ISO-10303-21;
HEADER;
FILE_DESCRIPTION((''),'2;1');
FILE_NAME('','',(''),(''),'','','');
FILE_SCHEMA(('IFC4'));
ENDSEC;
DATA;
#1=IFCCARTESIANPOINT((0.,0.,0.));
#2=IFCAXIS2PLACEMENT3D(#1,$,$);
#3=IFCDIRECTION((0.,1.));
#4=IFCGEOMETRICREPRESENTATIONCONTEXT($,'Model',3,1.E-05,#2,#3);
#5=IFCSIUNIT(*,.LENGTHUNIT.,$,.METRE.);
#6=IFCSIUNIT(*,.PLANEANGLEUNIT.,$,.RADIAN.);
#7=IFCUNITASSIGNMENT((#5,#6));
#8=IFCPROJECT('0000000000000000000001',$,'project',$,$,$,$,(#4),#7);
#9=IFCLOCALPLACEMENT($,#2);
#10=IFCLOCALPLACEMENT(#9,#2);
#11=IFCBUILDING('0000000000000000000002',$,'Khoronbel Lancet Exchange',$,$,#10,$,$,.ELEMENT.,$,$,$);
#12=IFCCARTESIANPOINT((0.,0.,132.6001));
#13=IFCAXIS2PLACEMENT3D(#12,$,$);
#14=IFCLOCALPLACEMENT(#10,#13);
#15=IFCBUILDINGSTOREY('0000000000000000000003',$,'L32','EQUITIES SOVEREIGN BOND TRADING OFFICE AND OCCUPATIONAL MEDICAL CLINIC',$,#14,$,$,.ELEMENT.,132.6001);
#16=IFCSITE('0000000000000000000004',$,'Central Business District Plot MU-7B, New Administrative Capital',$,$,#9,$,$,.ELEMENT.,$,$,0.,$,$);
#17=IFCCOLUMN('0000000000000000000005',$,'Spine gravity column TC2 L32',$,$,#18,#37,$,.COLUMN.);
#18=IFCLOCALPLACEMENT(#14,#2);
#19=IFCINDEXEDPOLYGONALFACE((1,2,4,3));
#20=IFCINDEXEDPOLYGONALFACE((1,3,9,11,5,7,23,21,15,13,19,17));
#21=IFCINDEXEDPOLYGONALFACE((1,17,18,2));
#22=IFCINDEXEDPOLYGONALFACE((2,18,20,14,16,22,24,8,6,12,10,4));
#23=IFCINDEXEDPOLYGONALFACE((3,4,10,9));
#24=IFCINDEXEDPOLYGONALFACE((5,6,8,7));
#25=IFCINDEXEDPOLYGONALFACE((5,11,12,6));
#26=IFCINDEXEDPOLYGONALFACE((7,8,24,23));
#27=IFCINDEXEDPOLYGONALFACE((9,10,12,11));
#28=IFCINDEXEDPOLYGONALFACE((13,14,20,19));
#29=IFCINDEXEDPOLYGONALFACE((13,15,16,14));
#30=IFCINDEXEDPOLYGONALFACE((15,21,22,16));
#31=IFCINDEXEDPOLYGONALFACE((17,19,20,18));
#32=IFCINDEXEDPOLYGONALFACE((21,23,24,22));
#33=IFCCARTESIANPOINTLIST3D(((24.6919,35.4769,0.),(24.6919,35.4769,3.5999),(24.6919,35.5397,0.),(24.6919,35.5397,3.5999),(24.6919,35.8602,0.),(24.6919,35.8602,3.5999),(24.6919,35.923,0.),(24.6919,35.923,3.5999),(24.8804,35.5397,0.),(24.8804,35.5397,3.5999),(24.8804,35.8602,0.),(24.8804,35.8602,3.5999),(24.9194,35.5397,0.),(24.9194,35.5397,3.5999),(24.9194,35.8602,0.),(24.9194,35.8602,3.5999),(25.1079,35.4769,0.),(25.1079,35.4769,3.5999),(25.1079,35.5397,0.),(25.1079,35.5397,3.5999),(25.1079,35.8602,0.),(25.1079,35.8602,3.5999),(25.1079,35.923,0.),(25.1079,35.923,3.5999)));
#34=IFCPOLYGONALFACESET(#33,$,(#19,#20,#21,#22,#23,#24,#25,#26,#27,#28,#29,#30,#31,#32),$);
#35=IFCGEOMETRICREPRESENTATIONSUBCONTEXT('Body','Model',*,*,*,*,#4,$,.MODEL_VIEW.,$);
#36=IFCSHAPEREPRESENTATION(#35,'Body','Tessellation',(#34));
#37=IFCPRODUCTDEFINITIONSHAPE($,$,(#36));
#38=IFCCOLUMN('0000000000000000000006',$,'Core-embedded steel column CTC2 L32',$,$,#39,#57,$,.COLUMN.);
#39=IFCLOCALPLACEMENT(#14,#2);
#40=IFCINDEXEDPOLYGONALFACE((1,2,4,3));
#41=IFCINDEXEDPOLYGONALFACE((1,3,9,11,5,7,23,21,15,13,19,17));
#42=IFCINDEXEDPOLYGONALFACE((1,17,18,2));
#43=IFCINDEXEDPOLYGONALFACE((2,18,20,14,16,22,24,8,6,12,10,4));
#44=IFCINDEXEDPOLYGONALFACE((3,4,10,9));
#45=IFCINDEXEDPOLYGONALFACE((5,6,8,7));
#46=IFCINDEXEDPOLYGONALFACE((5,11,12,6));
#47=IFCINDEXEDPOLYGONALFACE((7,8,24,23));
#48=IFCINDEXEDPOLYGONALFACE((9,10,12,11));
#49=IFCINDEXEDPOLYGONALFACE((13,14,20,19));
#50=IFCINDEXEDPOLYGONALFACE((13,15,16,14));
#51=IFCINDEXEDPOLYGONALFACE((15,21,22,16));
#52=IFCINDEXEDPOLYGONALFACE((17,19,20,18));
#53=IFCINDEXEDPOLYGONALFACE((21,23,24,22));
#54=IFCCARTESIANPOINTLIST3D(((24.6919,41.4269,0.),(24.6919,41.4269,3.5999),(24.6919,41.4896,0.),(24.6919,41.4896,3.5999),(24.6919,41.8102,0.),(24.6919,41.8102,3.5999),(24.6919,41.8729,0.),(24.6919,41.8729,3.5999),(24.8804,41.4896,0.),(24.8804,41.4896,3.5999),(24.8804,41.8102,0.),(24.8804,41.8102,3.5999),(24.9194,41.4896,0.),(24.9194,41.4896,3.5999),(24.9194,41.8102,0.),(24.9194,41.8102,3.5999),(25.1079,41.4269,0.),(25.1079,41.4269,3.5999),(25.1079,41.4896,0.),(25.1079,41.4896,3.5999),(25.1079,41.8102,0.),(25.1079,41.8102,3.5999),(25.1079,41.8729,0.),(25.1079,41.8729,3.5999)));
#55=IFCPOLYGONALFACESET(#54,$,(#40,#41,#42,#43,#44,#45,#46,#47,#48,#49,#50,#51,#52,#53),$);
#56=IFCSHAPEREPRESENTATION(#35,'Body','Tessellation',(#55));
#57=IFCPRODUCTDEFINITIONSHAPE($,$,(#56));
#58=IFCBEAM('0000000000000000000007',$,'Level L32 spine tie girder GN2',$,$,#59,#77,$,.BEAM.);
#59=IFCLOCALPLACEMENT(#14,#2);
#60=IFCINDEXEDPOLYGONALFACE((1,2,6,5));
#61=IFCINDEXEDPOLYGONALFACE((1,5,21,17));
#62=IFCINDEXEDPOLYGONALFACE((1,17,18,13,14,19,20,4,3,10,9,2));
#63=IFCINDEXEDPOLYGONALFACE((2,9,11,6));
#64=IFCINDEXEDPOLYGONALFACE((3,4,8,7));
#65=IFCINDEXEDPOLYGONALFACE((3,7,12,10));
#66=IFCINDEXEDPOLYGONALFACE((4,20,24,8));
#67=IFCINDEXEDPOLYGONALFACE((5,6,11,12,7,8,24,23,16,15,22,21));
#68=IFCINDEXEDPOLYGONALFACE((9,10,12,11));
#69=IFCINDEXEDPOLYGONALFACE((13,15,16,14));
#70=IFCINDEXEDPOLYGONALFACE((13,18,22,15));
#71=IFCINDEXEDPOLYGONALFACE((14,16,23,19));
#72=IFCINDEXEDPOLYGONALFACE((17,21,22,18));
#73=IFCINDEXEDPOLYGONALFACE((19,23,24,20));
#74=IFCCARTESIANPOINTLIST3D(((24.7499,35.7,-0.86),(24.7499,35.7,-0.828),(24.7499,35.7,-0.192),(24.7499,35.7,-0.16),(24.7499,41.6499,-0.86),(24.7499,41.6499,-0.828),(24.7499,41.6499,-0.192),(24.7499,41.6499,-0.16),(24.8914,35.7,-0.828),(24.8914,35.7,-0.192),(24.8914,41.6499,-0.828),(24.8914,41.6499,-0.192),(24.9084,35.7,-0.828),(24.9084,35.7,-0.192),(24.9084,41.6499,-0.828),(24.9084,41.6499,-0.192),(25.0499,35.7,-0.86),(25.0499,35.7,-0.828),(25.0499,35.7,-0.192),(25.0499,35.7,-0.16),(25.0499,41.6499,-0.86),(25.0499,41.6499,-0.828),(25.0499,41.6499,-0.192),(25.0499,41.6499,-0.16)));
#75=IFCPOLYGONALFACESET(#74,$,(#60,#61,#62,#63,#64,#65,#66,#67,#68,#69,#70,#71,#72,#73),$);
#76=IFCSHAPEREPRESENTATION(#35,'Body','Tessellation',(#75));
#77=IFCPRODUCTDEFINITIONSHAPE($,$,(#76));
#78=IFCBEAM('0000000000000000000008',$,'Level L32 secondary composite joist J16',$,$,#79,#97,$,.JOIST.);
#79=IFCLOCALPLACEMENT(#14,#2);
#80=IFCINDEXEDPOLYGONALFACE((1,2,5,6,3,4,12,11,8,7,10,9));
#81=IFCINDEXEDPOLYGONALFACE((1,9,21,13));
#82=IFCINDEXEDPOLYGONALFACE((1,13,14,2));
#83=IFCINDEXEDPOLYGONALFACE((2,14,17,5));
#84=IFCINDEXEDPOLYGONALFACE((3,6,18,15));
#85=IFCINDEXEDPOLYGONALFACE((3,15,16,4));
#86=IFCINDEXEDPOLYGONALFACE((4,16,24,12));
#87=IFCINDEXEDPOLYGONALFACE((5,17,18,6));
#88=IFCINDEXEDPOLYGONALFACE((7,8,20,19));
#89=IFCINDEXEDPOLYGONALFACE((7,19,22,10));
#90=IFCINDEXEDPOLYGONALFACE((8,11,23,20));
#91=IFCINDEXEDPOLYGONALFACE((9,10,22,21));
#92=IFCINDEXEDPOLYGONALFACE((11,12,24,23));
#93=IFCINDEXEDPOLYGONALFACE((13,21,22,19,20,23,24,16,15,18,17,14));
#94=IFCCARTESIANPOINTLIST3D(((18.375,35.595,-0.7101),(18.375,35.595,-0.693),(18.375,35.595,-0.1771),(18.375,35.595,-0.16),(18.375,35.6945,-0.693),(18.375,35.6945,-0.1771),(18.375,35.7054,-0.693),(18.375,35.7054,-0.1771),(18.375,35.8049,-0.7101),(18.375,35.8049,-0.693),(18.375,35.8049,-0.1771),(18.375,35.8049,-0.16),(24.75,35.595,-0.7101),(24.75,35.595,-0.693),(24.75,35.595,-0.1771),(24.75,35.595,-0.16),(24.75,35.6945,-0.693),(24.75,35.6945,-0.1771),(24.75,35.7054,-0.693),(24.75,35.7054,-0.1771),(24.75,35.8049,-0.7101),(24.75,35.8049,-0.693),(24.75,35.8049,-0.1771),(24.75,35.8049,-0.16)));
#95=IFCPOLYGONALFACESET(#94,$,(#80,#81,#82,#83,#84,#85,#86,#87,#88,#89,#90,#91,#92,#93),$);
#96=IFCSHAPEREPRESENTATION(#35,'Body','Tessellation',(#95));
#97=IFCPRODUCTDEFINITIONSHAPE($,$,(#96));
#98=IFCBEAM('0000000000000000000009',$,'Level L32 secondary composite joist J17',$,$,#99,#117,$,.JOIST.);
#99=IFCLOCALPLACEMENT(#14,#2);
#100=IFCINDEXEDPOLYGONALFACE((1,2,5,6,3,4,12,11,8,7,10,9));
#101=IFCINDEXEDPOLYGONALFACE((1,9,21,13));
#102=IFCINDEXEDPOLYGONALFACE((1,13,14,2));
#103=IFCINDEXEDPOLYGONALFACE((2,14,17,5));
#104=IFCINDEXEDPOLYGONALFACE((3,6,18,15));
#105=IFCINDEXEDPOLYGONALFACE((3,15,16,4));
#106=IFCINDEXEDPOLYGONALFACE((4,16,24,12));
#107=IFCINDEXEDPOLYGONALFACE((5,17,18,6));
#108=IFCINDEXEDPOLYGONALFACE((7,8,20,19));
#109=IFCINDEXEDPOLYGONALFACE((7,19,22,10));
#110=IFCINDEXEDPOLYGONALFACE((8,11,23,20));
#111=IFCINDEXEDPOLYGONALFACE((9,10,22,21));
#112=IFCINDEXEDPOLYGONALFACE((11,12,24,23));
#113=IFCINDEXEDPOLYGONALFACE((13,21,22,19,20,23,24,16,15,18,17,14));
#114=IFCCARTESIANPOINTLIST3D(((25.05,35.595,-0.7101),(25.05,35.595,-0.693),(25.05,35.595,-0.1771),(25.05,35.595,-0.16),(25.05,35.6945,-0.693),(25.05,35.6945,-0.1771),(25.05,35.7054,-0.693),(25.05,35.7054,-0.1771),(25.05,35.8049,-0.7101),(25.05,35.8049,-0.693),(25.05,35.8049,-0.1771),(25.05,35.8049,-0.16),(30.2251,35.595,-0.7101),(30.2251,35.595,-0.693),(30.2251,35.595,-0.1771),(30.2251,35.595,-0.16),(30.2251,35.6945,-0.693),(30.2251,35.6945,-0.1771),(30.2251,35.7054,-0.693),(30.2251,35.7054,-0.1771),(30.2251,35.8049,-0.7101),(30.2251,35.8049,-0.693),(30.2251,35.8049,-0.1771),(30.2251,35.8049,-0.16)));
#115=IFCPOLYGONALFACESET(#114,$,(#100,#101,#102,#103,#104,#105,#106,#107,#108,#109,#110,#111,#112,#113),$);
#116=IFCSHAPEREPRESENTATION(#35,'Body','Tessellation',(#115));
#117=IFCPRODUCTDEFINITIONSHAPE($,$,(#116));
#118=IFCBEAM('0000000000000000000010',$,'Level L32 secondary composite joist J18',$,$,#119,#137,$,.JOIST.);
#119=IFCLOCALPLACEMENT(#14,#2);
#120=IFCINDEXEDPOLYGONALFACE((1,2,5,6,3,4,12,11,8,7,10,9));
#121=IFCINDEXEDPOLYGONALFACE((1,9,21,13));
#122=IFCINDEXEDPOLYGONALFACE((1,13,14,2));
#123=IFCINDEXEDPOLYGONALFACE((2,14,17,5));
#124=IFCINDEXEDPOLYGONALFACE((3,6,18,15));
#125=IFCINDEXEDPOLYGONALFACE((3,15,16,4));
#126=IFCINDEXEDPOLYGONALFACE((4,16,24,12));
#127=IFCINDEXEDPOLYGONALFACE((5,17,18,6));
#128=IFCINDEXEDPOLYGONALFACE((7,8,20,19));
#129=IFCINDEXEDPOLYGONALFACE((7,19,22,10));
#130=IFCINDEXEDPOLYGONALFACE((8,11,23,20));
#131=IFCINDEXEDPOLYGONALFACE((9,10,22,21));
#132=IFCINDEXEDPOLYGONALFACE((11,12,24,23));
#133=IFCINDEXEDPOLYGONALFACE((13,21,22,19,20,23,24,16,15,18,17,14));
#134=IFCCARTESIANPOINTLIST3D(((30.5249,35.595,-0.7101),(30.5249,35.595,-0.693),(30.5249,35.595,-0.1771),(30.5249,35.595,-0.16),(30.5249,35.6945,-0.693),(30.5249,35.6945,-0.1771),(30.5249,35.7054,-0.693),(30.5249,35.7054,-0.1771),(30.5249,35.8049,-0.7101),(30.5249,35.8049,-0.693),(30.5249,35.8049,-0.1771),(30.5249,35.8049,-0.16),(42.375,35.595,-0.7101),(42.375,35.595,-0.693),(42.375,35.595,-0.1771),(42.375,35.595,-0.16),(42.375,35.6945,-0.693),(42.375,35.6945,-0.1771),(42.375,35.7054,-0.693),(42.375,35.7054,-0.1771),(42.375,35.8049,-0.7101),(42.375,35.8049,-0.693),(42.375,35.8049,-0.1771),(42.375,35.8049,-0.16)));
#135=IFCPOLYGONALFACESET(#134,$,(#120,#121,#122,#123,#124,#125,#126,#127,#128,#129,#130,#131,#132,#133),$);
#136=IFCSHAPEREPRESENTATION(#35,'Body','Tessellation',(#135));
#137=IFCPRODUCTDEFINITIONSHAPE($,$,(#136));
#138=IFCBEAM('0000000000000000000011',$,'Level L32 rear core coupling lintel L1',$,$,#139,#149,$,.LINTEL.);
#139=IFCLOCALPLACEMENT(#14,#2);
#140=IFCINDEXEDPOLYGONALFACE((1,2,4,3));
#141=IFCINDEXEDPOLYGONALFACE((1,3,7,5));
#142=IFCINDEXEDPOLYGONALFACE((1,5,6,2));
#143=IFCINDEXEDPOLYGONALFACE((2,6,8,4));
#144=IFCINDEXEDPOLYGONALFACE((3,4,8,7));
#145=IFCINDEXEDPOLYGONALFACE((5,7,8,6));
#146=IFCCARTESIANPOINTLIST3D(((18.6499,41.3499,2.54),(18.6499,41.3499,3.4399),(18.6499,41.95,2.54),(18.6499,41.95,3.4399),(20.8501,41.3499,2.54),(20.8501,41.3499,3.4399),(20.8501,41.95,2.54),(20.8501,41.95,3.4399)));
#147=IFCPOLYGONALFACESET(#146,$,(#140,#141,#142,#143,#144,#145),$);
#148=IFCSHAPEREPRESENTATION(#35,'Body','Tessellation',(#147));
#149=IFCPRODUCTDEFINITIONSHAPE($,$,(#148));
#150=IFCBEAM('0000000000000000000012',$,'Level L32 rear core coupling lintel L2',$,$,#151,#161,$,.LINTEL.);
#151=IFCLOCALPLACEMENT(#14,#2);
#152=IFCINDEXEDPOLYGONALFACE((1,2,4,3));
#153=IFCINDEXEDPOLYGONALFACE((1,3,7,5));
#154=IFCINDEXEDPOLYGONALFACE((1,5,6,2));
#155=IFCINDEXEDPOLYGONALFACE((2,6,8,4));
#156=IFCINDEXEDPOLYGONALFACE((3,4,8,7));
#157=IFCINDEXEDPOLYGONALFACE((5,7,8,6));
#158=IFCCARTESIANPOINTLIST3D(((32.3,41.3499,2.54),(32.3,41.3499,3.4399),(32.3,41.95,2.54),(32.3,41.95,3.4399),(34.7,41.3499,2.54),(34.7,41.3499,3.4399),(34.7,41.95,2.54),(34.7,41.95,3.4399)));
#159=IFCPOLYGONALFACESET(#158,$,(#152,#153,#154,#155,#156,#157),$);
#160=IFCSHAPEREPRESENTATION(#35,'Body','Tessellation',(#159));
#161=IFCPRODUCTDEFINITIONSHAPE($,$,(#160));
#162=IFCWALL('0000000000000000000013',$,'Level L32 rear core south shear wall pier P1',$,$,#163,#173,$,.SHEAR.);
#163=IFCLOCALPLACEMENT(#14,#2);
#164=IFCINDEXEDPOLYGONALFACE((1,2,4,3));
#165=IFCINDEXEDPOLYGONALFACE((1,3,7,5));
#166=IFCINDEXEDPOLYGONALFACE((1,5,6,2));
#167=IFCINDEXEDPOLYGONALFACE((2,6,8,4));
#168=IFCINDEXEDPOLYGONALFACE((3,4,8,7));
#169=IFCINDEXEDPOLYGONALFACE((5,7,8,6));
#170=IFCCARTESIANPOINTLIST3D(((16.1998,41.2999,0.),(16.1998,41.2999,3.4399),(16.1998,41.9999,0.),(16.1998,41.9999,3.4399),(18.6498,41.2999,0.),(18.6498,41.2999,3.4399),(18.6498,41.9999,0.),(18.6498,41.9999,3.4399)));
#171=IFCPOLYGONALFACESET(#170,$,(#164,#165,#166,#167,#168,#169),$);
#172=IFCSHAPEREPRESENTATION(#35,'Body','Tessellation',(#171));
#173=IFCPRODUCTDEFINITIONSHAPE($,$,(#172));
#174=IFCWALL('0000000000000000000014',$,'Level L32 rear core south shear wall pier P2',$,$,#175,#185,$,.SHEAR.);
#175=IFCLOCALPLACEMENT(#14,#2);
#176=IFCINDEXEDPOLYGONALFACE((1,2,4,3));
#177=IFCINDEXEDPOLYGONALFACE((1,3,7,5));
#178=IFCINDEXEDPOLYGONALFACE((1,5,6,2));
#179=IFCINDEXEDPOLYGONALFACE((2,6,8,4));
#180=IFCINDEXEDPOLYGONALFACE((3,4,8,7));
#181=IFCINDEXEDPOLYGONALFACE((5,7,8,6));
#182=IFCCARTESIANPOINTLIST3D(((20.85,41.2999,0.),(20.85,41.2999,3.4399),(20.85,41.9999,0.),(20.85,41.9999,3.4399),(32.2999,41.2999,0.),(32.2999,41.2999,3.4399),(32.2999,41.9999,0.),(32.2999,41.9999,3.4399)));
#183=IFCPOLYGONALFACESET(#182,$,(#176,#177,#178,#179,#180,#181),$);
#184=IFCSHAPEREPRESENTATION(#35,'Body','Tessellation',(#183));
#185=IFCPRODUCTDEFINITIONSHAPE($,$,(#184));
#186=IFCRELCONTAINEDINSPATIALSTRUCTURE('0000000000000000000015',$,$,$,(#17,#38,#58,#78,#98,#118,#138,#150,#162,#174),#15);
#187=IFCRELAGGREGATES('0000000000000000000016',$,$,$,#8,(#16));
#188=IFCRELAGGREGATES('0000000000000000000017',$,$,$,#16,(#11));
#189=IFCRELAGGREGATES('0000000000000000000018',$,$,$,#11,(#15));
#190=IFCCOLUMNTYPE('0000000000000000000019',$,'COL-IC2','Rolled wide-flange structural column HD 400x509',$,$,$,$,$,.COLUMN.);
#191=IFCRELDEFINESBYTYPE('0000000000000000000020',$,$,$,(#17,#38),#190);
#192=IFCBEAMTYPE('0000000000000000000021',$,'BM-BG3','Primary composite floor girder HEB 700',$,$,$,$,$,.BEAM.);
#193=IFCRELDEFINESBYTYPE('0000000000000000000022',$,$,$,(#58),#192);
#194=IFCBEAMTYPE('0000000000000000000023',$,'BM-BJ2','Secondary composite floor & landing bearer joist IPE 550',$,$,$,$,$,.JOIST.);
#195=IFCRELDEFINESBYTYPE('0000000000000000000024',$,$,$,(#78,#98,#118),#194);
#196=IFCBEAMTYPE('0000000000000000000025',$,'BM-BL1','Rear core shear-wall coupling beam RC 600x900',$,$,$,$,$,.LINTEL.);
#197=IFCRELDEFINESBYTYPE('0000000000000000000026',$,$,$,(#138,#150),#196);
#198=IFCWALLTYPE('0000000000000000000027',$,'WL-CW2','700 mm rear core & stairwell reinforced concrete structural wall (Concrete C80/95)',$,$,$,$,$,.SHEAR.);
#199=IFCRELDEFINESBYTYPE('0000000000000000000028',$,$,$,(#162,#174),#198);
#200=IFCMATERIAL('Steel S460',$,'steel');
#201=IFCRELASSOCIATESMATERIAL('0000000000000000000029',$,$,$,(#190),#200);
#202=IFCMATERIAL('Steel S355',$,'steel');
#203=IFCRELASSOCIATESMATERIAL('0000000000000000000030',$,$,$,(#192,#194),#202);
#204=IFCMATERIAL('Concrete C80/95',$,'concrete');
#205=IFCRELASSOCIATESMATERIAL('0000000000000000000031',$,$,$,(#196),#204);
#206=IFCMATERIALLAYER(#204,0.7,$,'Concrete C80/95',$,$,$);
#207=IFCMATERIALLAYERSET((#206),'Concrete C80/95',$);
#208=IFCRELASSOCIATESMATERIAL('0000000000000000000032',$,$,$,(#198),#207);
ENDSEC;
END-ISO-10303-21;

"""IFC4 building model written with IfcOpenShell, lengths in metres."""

from ifc_helpers import new_model, si_unit, direction, frame, frame_2d, origin, origin_2d, place, context, subcontext, project, spatial, rectangle, i_section, extrude, material, layer, layer_set, material_profile, profile_set, type_object, element, save


model = new_model("IFC4")

# Units and contexts
model_context = context("Model", 3, precision=1e-05, world=origin(), true_north=direction((0.0, 1.0)))
body_context = subcontext(model_context, "Body", "Model", "MODEL_VIEW")
ifc_project = project(units=[si_unit("LENGTHUNIT", "METRE"), si_unit("PLANEANGLEUNIT", "RADIAN")], contexts=[model_context])

# Site, building, storey
site_placement = place(None, origin())
site = spatial("IfcSite", under=ifc_project, at=site_placement, Name="Central Business District Plot MU-7B, New Administrative Capital", CompositionType="ELEMENT", RefElevation=0.0)
building_placement = place(site_placement, origin())
building = spatial("IfcBuilding", under=site, at=building_placement, Name="Khoronbel Lancet Exchange", CompositionType="ELEMENT")
storey_placement = place(building_placement, frame((0.0, 0.0, 132.6001)))
storey = spatial("IfcBuildingStorey", under=building, at=storey_placement, Name="L32", Description="EQUITIES SOVEREIGN BOND TRADING OFFICE AND OCCUPATIONAL MEDICAL CLINIC", CompositionType="ELEMENT", Elevation=132.6001)

# Columns
ifc_material_1 = material(Name="Steel S460", Category="steel")
ifc_material_profile_1 = material_profile(ifc_material_1, i_section(OverallWidth=0.416, OverallDepth=0.446, WebThickness=0.0391, FlangeThickness=0.0627, at=origin_2d()), Name="HD 400x509")
ifc_profile_set_1 = profile_set([ifc_material_profile_1], Name="Steel S460")
column_type = type_object("IfcColumnType", Name="COL-IC2", Description="Rolled wide-flange structural column HD 400x509", PredefinedType="COLUMN", material=ifc_profile_set_1)
for number, where, z_axis, x_axis, name in (
    (1, (24.8999, 35.7, 0.0), (0.0, 0.0, 1.0), (1.0, 0.0, 0.0), "Spine gravity column TC2 L32"),
    (2, (24.8999, 41.6499, 0.0), (0.0, 0.0, 1.0), (1.0, 0.0, 0.0), "Core-embedded steel column CTC2 L32"),
):
    element("IfcColumn", number, at=place(storey_placement, frame(where, z_axis=z_axis, x_axis=x_axis)), inside=storey, type_object=column_type, Name=name, PredefinedType="COLUMN", context=body_context, shape_type="SweptSolid", body=[
        extrude(i_section(OverallWidth=0.416, OverallDepth=0.446, WebThickness=0.0391, FlangeThickness=0.0627, at=origin_2d()), origin(), (0.0, 0.0, 1.0), 3.5999),
    ])

# Beams
ifc_material_2 = material(Name="Steel S355", Category="steel")
ifc_material_profile_2 = material_profile(ifc_material_2, i_section(OverallWidth=0.3, OverallDepth=0.7, WebThickness=0.0171, FlangeThickness=0.032, at=origin_2d()), Name="HEB 700")
ifc_profile_set_2 = profile_set([ifc_material_profile_2], Name="Steel S355")
beam_type_1 = type_object("IfcBeamType", Name="BM-BG3", Description="Primary composite floor girder HEB 700", PredefinedType="BEAM", material=ifc_profile_set_2)
beam_1_placement = place(storey_placement, frame((24.8999, 35.7, -0.51), z_axis=(0.0, 1.0, 0.0), x_axis=(-1.0, 0.0, 0.0)))
element("IfcBeam", 3, at=beam_1_placement, inside=storey, type_object=beam_type_1, Name="Level L32 spine tie girder GN2", PredefinedType="BEAM", context=body_context, shape_type="SweptSolid", body=[
    extrude(i_section(OverallWidth=0.3, OverallDepth=0.7, WebThickness=0.0171, FlangeThickness=0.032, at=origin_2d()), origin(), (0.0, 0.0, 1.0), 5.95),
])
ifc_material_profile_3 = material_profile(ifc_material_2, i_section(OverallWidth=0.21, OverallDepth=0.55, WebThickness=0.011, FlangeThickness=0.0171, at=origin_2d()), Name="IPE 550")
ifc_profile_set_3 = profile_set([ifc_material_profile_3], Name="Steel S355")
beam_type_2 = type_object("IfcBeamType", Name="BM-BJ2", Description="Secondary composite floor & landing bearer joist IPE 550", PredefinedType="JOIST", material=ifc_profile_set_3)
beam_2_placement = place(storey_placement, frame((18.375, 35.7, -0.4351), z_axis=(1.0, 0.0, 0.0), x_axis=(0.0, 1.0, 0.0)))
element("IfcBeam", 4, at=beam_2_placement, inside=storey, type_object=beam_type_2, Name="Level L32 secondary composite joist J16", PredefinedType="JOIST", context=body_context, shape_type="SweptSolid", body=[
    extrude(i_section(OverallWidth=0.21, OverallDepth=0.55, WebThickness=0.011, FlangeThickness=0.0171, at=origin_2d()), origin(), (0.0, 0.0, 1.0), 6.375),
])
beam_3_placement = place(storey_placement, frame((25.05, 35.7, -0.4351), z_axis=(1.0, 0.0, 0.0), x_axis=(0.0, 1.0, 0.0)))
element("IfcBeam", 5, at=beam_3_placement, inside=storey, type_object=beam_type_2, Name="Level L32 secondary composite joist J17", PredefinedType="JOIST", context=body_context, shape_type="SweptSolid", body=[
    extrude(i_section(OverallWidth=0.21, OverallDepth=0.55, WebThickness=0.011, FlangeThickness=0.0171, at=origin_2d()), origin(), (0.0, 0.0, 1.0), 5.175),
])
beam_4_placement = place(storey_placement, frame((30.5249, 35.7, -0.4351), z_axis=(1.0, 0.0, 0.0), x_axis=(0.0, 1.0, 0.0)))
element("IfcBeam", 6, at=beam_4_placement, inside=storey, type_object=beam_type_2, Name="Level L32 secondary composite joist J18", PredefinedType="JOIST", context=body_context, shape_type="SweptSolid", body=[
    extrude(i_section(OverallWidth=0.21, OverallDepth=0.55, WebThickness=0.011, FlangeThickness=0.0171, at=origin_2d()), origin(), (0.0, 0.0, 1.0), 11.8501),
])
ifc_material_3 = material(Name="Concrete C80/95", Category="concrete")
ifc_material_profile_4 = material_profile(ifc_material_3, rectangle(XDim=0.6001, YDim=0.8999, at=origin_2d()), Name="RC 600x900")
ifc_profile_set_4 = profile_set([ifc_material_profile_4], Name="Concrete C80/95")
beam_type_3 = type_object("IfcBeamType", Name="BM-BL1", Description="Rear core shear-wall coupling beam RC 600x900", PredefinedType="LINTEL", material=ifc_profile_set_4)
beam_5_placement = place(storey_placement, frame((18.6499, 41.6499, 2.99), z_axis=(1.0, 0.0, 0.0), x_axis=(0.0, 1.0, 0.0)))
element("IfcBeam", 7, at=beam_5_placement, inside=storey, type_object=beam_type_3, Name="Level L32 rear core coupling lintel L1", PredefinedType="LINTEL", context=body_context, shape_type="SweptSolid", body=[
    extrude(rectangle(XDim=0.6001, YDim=0.8999, at=origin_2d()), origin(), (0.0, 0.0, 1.0), 2.2002),
])
beam_6_placement = place(storey_placement, frame((32.3, 41.6499, 2.99), z_axis=(1.0, 0.0, 0.0), x_axis=(0.0, 1.0, 0.0)))
element("IfcBeam", 8, at=beam_6_placement, inside=storey, type_object=beam_type_3, Name="Level L32 rear core coupling lintel L2", PredefinedType="LINTEL", context=body_context, shape_type="SweptSolid", body=[
    extrude(rectangle(XDim=0.6001, YDim=0.8999, at=origin_2d()), origin(), (0.0, 0.0, 1.0), 2.3999),
])

# Walls
ifc_layer_1 = layer(ifc_material_3, 0.7, Name="Concrete C80/95")
ifc_layer_set_1 = layer_set([ifc_layer_1], Name="Concrete C80/95")
wall_type_1 = type_object("IfcWallType", Name="WL-CW2", Description="700 mm rear core & stairwell reinforced concrete structural wall (Concrete C80/95)", PredefinedType="SHEAR", material=ifc_layer_set_1)
wall_1_placement = place(storey_placement, frame((18.6499, 41.6499, 0.0), z_axis=(0.0, 0.0, 1.0), x_axis=(-1.0, 0.0, 0.0)))
element("IfcWall", 9, at=wall_1_placement, inside=storey, type_object=wall_type_1, Name="Level L32 rear core south shear wall pier P1", PredefinedType="SHEAR", context=body_context, shape_type="SweptSolid", body=[
    extrude(rectangle(XDim=2.45, YDim=0.7, at=frame_2d((1.2251, 0.0))), origin(), (0.0, 0.0, 1.0), 3.4399),
])
wall_2_placement = place(storey_placement, frame((32.3, 41.6499, 0.0), z_axis=(0.0, 0.0, 1.0), x_axis=(-1.0, 0.0, 0.0)))
element("IfcWall", 10, at=wall_2_placement, inside=storey, type_object=wall_type_1, Name="Level L32 rear core south shear wall pier P2", PredefinedType="SHEAR", context=body_context, shape_type="SweptSolid", body=[
    extrude(rectangle(XDim=11.45, YDim=0.7, at=frame_2d((5.7251, 0.0))), origin(), (0.0, 0.0, 1.0), 3.4399),
])

save(model, "model.ifc")
